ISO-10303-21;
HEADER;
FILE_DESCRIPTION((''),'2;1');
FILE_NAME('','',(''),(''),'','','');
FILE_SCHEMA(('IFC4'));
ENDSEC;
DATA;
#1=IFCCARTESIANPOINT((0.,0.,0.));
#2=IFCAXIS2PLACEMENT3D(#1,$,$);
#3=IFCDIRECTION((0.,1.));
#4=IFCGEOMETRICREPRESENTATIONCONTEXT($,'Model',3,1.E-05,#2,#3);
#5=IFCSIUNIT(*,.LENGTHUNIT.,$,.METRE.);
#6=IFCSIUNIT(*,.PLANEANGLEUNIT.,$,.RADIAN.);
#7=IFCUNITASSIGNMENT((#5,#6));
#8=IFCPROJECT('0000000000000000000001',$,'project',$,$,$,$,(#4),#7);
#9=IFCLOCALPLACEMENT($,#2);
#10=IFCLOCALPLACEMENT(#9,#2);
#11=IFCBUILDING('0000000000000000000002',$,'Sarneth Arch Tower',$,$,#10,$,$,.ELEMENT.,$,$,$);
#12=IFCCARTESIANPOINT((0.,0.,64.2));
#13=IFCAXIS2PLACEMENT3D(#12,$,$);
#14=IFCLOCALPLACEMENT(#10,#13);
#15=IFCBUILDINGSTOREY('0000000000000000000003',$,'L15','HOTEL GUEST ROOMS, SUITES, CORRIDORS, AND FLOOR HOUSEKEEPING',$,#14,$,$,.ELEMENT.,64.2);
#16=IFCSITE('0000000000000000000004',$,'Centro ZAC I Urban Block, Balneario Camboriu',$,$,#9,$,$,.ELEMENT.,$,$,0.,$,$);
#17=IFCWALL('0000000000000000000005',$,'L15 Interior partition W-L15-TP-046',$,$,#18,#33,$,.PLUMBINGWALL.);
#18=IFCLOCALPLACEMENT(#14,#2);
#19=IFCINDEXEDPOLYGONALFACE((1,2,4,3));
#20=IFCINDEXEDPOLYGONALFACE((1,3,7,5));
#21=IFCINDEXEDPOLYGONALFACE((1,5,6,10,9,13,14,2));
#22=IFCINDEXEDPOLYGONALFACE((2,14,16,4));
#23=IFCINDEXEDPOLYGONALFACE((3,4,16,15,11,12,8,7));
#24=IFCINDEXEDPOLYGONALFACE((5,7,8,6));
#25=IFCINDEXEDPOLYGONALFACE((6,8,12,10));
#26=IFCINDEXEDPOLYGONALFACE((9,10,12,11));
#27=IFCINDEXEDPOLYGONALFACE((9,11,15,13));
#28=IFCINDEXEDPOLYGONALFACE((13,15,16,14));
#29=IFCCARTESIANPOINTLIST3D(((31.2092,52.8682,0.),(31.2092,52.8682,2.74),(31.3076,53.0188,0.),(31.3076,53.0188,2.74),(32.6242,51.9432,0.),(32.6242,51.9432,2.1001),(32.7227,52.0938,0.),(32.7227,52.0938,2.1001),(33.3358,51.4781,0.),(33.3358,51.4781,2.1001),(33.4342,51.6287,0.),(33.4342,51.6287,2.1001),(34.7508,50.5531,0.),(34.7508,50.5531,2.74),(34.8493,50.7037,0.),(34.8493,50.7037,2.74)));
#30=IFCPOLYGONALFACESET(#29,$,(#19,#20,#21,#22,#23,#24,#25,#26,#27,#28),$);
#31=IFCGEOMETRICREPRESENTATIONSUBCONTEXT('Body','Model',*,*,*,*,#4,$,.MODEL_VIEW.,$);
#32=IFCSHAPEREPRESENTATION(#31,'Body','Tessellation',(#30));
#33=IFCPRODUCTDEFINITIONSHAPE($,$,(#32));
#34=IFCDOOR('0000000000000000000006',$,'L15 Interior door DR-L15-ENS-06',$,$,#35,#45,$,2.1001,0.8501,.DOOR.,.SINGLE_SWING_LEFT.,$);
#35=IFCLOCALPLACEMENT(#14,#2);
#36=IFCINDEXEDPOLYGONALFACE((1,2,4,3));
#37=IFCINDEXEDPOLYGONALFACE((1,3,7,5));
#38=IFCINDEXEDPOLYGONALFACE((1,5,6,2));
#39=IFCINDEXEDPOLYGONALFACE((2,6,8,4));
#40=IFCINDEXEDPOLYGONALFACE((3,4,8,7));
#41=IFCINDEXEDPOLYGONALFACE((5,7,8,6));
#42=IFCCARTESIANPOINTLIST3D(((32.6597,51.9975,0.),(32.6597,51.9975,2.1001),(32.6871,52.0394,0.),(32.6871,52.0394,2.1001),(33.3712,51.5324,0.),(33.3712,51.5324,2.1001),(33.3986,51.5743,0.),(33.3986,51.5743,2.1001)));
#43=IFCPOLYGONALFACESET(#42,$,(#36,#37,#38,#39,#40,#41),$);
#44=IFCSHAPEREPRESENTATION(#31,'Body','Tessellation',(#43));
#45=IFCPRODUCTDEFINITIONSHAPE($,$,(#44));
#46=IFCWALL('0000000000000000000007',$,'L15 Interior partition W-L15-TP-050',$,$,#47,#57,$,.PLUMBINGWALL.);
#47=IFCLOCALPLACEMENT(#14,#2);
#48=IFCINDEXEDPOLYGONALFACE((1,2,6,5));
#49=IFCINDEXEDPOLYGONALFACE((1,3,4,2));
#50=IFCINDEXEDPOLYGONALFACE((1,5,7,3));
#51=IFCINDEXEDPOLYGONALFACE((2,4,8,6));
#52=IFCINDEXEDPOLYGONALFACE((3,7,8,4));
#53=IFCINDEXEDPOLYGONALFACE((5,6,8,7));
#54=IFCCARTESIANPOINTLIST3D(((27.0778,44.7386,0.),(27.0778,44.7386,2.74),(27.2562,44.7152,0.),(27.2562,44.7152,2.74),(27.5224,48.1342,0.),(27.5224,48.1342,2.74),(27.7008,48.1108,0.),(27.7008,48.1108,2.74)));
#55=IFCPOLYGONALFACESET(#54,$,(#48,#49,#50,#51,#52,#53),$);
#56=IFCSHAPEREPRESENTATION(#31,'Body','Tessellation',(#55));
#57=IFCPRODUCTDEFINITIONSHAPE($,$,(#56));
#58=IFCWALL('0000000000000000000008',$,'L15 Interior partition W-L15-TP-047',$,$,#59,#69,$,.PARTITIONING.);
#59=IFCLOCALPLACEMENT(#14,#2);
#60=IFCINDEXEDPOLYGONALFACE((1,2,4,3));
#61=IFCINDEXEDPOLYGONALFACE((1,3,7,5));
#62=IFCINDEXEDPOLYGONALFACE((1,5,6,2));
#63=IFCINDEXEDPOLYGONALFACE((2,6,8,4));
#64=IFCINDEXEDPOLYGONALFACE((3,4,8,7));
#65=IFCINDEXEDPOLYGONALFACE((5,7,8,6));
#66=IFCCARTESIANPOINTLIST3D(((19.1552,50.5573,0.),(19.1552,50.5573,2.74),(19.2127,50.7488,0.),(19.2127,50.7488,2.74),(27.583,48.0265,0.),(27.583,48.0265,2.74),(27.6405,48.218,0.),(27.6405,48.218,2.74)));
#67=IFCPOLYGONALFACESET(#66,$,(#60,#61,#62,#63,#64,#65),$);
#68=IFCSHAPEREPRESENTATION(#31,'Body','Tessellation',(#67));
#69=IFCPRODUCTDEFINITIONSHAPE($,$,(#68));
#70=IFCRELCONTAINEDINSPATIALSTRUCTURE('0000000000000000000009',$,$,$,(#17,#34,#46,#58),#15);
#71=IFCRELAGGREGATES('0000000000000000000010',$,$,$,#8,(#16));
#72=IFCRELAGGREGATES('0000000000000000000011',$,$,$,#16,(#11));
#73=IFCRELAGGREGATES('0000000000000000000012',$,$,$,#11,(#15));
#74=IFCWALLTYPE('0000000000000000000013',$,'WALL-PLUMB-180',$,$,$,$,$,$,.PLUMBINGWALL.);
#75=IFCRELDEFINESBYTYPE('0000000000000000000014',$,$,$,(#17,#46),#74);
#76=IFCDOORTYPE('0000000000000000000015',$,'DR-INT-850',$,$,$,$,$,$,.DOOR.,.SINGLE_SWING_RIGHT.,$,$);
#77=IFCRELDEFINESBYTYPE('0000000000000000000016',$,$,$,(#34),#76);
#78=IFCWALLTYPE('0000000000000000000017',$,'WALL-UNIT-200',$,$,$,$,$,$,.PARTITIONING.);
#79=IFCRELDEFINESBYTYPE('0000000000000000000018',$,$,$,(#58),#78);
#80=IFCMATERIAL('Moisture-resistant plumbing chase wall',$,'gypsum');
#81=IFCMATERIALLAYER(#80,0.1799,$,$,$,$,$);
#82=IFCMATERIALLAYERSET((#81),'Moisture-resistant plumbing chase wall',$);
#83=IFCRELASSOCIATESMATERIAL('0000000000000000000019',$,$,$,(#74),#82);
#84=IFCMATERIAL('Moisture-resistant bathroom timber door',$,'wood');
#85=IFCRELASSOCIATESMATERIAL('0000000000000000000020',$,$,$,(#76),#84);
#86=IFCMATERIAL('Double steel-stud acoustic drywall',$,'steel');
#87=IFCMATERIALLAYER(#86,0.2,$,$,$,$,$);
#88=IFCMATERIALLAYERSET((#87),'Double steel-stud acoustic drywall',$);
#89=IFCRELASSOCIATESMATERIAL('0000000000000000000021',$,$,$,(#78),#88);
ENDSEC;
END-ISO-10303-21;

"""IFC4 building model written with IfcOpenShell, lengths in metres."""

from ifc_helpers import new_model, si_unit, direction, frame, frame_2d, origin, place, context, subcontext, project, spatial, rectangle, extrude, material, layer, layer_set, type_object, element, fill, save


model = new_model("IFC4")

# Units and contexts
model_context = context("Model", 3, precision=1e-05, world=origin(), true_north=direction((0.0, 1.0)))
body_context = subcontext(model_context, "Body", "Model", "MODEL_VIEW")
ifc_project = project(units=[si_unit("LENGTHUNIT", "METRE"), si_unit("PLANEANGLEUNIT", "RADIAN")], contexts=[model_context])

# Site, building, storey
site_placement = place(None, origin())
site = spatial("IfcSite", under=ifc_project, at=site_placement, Name="Centro ZAC I Urban Block, Balneario Camboriu", CompositionType="ELEMENT", RefElevation=0.0)
building_placement = place(site_placement, origin())
building = spatial("IfcBuilding", under=site, at=building_placement, Name="Sarneth Arch Tower", CompositionType="ELEMENT")
storey_placement = place(building_placement, frame((0.0, 0.0, 64.2)))
storey = spatial("IfcBuildingStorey", under=building, at=storey_placement, Name="L15", Description="HOTEL GUEST ROOMS, SUITES, CORRIDORS, AND FLOOR HOUSEKEEPING", CompositionType="ELEMENT", Elevation=64.2)

# Shared definitions
ifc_material_1 = material(Name="Moisture-resistant plumbing chase wall", Category="gypsum")
ifc_layer_1 = layer(ifc_material_1, 0.1799)
ifc_layer_set_1 = layer_set([ifc_layer_1], Name="Moisture-resistant plumbing chase wall")
wall_type_1 = type_object("IfcWallType", Name="WALL-PLUMB-180", PredefinedType="PLUMBINGWALL", material=ifc_layer_set_1)

# Wall, opening, door
wall_1_placement = place(storey_placement, frame((31.2583, 52.9436, 0.0), z_axis=(0.0, 0.0, 1.0), x_axis=(0.837032, -0.547155, 0.0)))
wall_1 = element("IfcWall", 1, at=wall_1_placement, inside=storey, type_object=wall_type_1, Name="L15 Interior partition W-L15-TP-046", PredefinedType="PLUMBINGWALL", context=body_context, shape_type="SweptSolid", body=[
    extrude(rectangle(XDim=4.2312, YDim=0.1799, at=frame_2d((2.1157, 0.0))), origin(), (0.0, 0.0, 1.0), 2.74),
])
opening_1_placement = place(wall_1_placement, frame((1.6907, 0.0, 0.0)))
opening_1 = element("IfcOpeningElement", 2, at=opening_1_placement, cuts=wall_1, PredefinedType="OPENING", context=body_context, shape_type="SweptSolid", body=[
    extrude(rectangle(XDim=0.8501, YDim=2.1001, at=frame_2d((0.425, 1.05))), frame((0.0, 0.0999, 0.0), z_axis=(0.0, -1.0, 0.0), x_axis=(1.0, 0.0, 0.0)), (0.0, 0.0, 1.0), 0.2),
])
ifc_material_2 = material(Name="Moisture-resistant bathroom timber door", Category="wood")
door_type_1 = type_object("IfcDoorType", Name="DR-INT-850", OperationType="SINGLE_SWING_RIGHT", PredefinedType="DOOR", material=ifc_material_2)
door_1_placement = place(opening_1_placement, origin())
door_1 = element("IfcDoor", 3, at=door_1_placement, inside=storey, type_object=door_type_1, Name="L15 Interior door DR-L15-ENS-06", OperationType="SINGLE_SWING_LEFT", OverallHeight=2.1001, OverallWidth=0.8501, PredefinedType="DOOR", context=body_context, shape_type="SweptSolid", body=[
    extrude(rectangle(XDim=0.8501, YDim=2.1001, at=frame_2d((0.425, 1.05))), frame((0.0, 0.0249, 0.0), z_axis=(0.0, -1.0, 0.0), x_axis=(1.0, 0.0, 0.0)), (0.0, 0.0, 1.0), 0.05),
])
fill(opening_1, door_1)

# Walls
wall_2_placement = place(storey_placement, frame((27.167, 44.7268, 0.0), z_axis=(0.0, 0.0, 1.0), x_axis=(0.129824, 0.991537, 0.0)))
element("IfcWall", 4, at=wall_2_placement, inside=storey, type_object=wall_type_1, Name="L15 Interior partition W-L15-TP-050", PredefinedType="PLUMBINGWALL", context=body_context, shape_type="SweptSolid", body=[
    extrude(rectangle(XDim=3.4246, YDim=0.1799, at=frame_2d((1.7124, 0.0))), origin(), (0.0, 0.0, 1.0), 2.74),
])
ifc_material_3 = material(Name="Double steel-stud acoustic drywall", Category="steel")
ifc_layer_2 = layer(ifc_material_3, 0.2)
ifc_layer_set_2 = layer_set([ifc_layer_2], Name="Double steel-stud acoustic drywall")
wall_type_2 = type_object("IfcWallType", Name="WALL-UNIT-200", PredefinedType="PARTITIONING", material=ifc_layer_set_2)
wall_3_placement = place(storey_placement, frame((19.1838, 50.6531, 0.0), z_axis=(0.0, 0.0, 1.0), x_axis=(0.95775, -0.287602, 0.0)))
element("IfcWall", 5, at=wall_3_placement, inside=storey, type_object=wall_type_2, Name="L15 Interior partition W-L15-TP-047", PredefinedType="PARTITIONING", context=body_context, shape_type="SweptSolid", body=[
    extrude(rectangle(XDim=8.7996, YDim=0.2, at=frame_2d((4.3999, 0.0))), origin(), (0.0, 0.0, 1.0), 2.74),
])

save(model, "model.ifc")
